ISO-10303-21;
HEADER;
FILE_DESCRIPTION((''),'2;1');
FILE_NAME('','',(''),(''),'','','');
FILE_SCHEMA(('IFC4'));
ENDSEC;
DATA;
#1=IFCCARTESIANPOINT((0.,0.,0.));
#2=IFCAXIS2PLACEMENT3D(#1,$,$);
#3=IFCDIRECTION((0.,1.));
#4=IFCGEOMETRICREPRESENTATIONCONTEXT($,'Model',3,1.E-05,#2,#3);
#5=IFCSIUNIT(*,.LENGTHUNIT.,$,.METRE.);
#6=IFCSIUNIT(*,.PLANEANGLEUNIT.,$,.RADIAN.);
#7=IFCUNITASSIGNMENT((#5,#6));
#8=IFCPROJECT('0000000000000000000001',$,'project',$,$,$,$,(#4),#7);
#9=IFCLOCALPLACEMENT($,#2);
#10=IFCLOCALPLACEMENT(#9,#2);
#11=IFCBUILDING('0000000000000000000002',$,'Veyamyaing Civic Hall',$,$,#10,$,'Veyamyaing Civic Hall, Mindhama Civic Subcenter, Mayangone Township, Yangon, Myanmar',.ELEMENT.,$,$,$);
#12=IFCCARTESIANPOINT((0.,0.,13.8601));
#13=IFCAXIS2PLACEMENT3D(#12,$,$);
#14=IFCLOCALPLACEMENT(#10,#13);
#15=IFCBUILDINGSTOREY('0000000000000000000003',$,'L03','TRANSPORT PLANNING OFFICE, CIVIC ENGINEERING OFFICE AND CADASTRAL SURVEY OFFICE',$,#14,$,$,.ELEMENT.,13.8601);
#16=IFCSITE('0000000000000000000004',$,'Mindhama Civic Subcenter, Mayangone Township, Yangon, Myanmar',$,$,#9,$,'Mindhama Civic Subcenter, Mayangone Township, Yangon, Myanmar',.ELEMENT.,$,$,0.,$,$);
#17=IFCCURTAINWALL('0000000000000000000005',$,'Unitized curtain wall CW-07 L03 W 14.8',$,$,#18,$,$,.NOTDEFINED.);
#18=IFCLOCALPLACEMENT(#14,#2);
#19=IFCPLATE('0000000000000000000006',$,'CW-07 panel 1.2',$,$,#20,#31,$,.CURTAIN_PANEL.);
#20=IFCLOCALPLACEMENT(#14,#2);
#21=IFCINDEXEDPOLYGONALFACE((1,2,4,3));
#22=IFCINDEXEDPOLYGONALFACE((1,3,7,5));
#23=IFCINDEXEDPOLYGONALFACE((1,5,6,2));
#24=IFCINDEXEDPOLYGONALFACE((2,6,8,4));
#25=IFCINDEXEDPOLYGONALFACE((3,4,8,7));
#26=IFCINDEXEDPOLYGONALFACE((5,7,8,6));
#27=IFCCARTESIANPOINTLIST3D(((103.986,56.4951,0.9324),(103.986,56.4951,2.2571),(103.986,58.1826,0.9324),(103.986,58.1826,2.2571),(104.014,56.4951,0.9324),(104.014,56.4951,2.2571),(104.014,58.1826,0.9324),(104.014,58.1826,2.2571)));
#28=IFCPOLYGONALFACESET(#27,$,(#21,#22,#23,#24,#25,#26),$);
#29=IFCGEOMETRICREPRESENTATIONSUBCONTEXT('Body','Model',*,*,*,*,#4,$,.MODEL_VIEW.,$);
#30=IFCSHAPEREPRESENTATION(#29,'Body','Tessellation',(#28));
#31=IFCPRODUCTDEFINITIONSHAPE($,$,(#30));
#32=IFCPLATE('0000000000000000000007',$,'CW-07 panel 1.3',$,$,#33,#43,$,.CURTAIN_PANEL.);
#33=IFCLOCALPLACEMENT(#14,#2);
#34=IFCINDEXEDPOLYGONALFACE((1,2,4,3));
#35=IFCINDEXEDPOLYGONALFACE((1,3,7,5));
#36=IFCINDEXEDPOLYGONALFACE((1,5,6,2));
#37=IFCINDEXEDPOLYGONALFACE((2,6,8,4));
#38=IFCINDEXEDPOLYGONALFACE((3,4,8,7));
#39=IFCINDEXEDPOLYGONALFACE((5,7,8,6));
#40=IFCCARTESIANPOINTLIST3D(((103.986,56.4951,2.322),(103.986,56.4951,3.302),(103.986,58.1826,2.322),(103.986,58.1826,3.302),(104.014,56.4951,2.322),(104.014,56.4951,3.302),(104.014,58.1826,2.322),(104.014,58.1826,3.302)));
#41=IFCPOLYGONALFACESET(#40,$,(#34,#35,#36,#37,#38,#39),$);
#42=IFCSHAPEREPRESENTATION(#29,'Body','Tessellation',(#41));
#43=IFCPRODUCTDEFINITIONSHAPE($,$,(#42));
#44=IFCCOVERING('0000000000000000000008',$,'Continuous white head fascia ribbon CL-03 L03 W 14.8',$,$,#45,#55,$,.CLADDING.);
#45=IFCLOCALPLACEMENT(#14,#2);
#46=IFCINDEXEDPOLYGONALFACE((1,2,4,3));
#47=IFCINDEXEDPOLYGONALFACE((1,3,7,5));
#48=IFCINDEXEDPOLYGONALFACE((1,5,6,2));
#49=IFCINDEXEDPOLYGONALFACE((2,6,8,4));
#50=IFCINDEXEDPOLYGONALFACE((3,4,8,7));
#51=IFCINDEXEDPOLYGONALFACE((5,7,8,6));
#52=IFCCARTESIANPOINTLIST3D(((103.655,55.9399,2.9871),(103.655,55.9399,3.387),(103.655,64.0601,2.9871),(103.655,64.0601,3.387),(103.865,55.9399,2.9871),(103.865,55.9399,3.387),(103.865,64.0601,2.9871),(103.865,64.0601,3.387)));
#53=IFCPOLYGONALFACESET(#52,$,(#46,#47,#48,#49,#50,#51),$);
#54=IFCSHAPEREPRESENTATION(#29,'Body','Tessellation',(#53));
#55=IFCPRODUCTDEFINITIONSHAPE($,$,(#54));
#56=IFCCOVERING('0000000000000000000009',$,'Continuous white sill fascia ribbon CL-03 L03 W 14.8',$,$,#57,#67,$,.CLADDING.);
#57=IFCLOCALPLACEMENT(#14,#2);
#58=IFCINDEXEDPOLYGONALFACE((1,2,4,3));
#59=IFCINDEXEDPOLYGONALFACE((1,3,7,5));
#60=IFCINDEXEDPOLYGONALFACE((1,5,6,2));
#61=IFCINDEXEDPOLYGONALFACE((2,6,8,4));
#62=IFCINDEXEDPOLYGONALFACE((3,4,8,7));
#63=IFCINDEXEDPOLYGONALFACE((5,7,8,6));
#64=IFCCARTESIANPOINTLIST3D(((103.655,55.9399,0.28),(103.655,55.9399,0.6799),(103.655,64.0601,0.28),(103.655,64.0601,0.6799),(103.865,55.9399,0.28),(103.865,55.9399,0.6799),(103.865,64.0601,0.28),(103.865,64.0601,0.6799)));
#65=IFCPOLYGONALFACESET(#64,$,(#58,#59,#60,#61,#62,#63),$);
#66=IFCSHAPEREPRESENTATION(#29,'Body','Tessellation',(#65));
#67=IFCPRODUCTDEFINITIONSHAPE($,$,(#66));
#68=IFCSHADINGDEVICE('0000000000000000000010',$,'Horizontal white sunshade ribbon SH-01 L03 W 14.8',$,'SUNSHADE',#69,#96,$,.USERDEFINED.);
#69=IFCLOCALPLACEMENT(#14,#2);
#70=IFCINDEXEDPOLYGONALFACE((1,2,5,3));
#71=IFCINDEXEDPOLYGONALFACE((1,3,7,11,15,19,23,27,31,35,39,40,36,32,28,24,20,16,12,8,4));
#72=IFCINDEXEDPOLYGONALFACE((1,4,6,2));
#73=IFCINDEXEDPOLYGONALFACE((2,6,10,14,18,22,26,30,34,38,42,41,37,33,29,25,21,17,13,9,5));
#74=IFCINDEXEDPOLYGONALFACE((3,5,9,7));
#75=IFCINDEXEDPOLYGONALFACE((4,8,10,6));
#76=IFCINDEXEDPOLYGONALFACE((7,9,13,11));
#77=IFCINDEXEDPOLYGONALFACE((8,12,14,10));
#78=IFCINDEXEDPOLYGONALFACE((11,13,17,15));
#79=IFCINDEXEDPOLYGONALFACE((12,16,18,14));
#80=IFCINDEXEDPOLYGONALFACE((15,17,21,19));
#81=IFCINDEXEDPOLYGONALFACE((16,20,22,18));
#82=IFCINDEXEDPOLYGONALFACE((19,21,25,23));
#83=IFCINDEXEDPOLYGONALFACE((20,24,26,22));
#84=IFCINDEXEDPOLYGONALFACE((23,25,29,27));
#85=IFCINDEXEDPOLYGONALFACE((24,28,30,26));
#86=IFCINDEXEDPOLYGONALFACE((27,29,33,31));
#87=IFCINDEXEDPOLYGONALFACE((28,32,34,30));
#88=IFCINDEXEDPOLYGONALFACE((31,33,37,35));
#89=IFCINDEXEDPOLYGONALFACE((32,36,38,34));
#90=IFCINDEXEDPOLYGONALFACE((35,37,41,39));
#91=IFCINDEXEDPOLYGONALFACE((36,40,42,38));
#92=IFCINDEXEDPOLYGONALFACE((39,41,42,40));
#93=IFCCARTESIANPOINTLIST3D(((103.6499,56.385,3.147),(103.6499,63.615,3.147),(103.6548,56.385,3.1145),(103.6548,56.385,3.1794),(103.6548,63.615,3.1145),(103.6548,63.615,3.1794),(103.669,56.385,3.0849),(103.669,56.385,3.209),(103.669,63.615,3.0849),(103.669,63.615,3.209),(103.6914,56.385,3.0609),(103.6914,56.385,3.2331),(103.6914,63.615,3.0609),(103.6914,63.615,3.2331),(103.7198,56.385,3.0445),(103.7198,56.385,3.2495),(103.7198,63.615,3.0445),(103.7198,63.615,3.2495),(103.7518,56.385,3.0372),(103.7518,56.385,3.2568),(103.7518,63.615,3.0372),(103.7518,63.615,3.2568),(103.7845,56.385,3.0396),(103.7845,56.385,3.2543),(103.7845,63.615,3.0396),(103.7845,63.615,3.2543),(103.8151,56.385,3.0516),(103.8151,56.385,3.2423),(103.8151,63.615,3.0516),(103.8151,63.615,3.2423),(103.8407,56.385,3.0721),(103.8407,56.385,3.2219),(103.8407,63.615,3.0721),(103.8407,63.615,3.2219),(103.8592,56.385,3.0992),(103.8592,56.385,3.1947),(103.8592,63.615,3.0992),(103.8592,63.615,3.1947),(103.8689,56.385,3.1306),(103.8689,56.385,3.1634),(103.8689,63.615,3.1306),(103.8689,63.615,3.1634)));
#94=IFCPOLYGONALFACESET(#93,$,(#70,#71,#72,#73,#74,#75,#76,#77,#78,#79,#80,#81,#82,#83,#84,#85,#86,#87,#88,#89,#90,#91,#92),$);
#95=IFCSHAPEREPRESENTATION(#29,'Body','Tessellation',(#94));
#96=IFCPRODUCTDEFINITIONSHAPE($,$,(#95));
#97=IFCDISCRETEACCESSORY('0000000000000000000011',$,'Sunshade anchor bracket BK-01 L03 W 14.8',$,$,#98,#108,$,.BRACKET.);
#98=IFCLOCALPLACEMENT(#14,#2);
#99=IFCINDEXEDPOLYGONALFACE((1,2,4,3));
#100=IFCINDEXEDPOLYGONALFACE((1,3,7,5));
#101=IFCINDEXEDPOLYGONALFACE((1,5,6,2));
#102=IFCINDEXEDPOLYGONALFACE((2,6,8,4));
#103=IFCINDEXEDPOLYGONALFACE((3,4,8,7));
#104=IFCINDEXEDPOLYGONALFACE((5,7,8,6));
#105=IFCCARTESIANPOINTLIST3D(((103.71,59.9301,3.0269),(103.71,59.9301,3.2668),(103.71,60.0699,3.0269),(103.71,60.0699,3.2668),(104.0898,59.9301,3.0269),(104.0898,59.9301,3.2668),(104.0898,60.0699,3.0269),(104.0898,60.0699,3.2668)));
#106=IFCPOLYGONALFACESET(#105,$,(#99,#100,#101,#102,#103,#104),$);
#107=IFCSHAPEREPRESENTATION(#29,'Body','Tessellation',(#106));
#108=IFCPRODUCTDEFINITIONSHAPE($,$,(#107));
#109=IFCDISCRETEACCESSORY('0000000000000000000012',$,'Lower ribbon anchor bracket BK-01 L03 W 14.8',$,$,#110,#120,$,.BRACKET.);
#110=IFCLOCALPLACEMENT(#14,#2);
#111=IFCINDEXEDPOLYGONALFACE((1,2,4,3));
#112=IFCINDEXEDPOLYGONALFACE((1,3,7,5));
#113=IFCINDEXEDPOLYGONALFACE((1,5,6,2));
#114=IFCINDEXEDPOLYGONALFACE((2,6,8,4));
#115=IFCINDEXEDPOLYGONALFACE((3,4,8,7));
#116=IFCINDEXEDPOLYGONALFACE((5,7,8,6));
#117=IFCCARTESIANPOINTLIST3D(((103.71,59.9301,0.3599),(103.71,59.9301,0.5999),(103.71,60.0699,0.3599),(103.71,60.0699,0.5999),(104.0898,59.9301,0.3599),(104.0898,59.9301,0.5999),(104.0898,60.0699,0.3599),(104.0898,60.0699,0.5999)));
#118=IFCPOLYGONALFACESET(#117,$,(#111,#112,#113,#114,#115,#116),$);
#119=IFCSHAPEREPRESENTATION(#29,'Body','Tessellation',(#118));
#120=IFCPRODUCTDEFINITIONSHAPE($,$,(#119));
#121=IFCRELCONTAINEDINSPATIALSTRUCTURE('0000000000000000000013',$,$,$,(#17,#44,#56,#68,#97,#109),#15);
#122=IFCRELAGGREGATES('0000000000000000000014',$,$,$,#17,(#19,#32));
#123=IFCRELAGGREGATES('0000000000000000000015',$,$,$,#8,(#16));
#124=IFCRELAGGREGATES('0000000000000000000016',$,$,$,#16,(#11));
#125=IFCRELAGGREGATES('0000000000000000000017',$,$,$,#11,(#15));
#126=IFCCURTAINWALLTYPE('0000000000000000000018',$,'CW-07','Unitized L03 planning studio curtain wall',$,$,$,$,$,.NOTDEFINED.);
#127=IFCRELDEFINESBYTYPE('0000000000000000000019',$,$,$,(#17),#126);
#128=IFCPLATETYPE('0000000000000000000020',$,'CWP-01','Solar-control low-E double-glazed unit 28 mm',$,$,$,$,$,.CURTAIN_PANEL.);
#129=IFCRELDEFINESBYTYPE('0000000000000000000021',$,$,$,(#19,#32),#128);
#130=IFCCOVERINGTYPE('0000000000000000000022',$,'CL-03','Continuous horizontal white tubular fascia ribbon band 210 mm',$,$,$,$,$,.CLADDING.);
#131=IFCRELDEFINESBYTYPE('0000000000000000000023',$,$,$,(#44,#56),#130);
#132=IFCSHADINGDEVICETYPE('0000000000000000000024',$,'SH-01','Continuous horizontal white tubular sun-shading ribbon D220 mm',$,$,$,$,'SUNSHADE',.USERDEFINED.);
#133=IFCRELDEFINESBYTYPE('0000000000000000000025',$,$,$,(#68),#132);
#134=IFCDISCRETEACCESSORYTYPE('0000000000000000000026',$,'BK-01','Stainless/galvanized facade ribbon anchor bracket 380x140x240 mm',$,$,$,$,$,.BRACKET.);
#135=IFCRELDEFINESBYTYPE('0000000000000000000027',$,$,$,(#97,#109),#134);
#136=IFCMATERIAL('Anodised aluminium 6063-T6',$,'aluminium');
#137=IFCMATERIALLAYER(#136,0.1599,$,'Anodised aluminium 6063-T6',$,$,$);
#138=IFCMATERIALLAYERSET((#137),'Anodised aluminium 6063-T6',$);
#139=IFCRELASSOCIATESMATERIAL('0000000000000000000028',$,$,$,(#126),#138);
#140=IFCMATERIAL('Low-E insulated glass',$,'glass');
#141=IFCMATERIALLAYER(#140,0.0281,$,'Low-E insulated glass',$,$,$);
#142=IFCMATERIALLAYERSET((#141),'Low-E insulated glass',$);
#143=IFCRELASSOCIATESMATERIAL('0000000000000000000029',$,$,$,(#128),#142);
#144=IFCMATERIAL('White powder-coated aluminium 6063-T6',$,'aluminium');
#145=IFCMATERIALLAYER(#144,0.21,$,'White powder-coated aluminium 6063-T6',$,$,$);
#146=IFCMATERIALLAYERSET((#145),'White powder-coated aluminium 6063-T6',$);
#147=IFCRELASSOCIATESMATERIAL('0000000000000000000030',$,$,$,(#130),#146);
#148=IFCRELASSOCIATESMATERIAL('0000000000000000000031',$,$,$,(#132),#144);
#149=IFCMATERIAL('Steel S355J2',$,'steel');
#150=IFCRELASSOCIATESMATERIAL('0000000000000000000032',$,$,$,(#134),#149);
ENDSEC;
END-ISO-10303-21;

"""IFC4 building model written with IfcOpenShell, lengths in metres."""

from ifc_helpers import new_model, si_unit, direction, frame, origin, origin_2d, place, context, subcontext, project, spatial, rectangle, circle, extrude, material, layer, layer_set, material_profile, profile_set, type_object, element, aggregate, save


model = new_model("IFC4")

# Units and contexts
model_context = context("Model", 3, precision=1e-05, world=origin(), true_north=direction((0.0, 1.0)))
body_context = subcontext(model_context, "Body", "Model", "MODEL_VIEW")
ifc_project = project(units=[si_unit("LENGTHUNIT", "METRE"), si_unit("PLANEANGLEUNIT", "RADIAN")], contexts=[model_context])

# Site, building, storey
site_placement = place(None, origin())
site = spatial("IfcSite", under=ifc_project, at=site_placement, Name="Mindhama Civic Subcenter, Mayangone Township, Yangon, Myanmar", LongName="Mindhama Civic Subcenter, Mayangone Township, Yangon, Myanmar", CompositionType="ELEMENT", RefElevation=0.0)
building_placement = place(site_placement, origin())
building = spatial("IfcBuilding", under=site, at=building_placement, Name="Veyamyaing Civic Hall", LongName="Veyamyaing Civic Hall, Mindhama Civic Subcenter, Mayangone Township, Yangon, Myanmar", CompositionType="ELEMENT")
storey_placement = place(building_placement, frame((0.0, 0.0, 13.8601)))
storey = spatial("IfcBuildingStorey", under=building, at=storey_placement, Name="L03", Description="TRANSPORT PLANNING OFFICE, CIVIC ENGINEERING OFFICE AND CADASTRAL SURVEY OFFICE", CompositionType="ELEMENT", Elevation=13.8601)

# Curtain wall, plates
ifc_material_1 = material(Name="Anodised aluminium 6063-T6", Category="aluminium")
ifc_layer_1 = layer(ifc_material_1, 0.1599, Name="Anodised aluminium 6063-T6")
ifc_layer_set_1 = layer_set([ifc_layer_1], Name="Anodised aluminium 6063-T6")
curtain_wall_type = type_object("IfcCurtainWallType", Name="CW-07", Description="Unitized L03 planning studio curtain wall", PredefinedType="NOTDEFINED", material=ifc_layer_set_1)
curtain_wall_placement = place(storey_placement, origin())
curtain_wall = element("IfcCurtainWall", 1, at=curtain_wall_placement, inside=storey, type_object=curtain_wall_type, Name="Unitized curtain wall CW-07 L03 W 14.8", PredefinedType="NOTDEFINED")
ifc_material_2 = material(Name="Low-E insulated glass", Category="glass")
ifc_layer_2 = layer(ifc_material_2, 0.0281, Name="Low-E insulated glass")
ifc_layer_set_2 = layer_set([ifc_layer_2], Name="Low-E insulated glass")
plate_type = type_object("IfcPlateType", Name="CWP-01", Description="Solar-control low-E double-glazed unit 28 mm", PredefinedType="CURTAIN_PANEL", material=ifc_layer_set_2)
plate_1_placement = place(storey_placement, frame((104.0, 57.3389, 0.9324), z_axis=(0.0, 0.0, 1.0), x_axis=(0.0, 1.0, 0.0)))
plate_1 = element("IfcPlate", 2, at=plate_1_placement, type_object=plate_type, Name="CW-07 panel 1.2", PredefinedType="CURTAIN_PANEL", context=body_context, shape_type="SweptSolid", body=[
    extrude(rectangle(XDim=1.6875, YDim=0.0281, at=origin_2d()), origin(), (0.0, 0.0, 1.0), 1.3247),
])
plate_2_placement = place(storey_placement, frame((104.0, 57.3389, 2.322), z_axis=(0.0, 0.0, 1.0), x_axis=(0.0, 1.0, 0.0)))
plate_2 = element("IfcPlate", 3, at=plate_2_placement, type_object=plate_type, Name="CW-07 panel 1.3", PredefinedType="CURTAIN_PANEL", context=body_context, shape_type="SweptSolid", body=[
    extrude(rectangle(XDim=1.6875, YDim=0.0281, at=origin_2d()), origin(), (0.0, 0.0, 1.0), 0.98),
])
aggregate(curtain_wall, [plate_1, plate_2])

# Coverings
ifc_material_3 = material(Name="White powder-coated aluminium 6063-T6", Category="aluminium")
ifc_layer_3 = layer(ifc_material_3, 0.21, Name="White powder-coated aluminium 6063-T6")
ifc_layer_set_3 = layer_set([ifc_layer_3], Name="White powder-coated aluminium 6063-T6")
covering_type = type_object("IfcCoveringType", Name="CL-03", Description="Continuous horizontal white tubular fascia ribbon band 210 mm", PredefinedType="CLADDING", material=ifc_layer_set_3)
for number, where, z_axis, x_axis, name in (
    (4, (103.76, 60.0, 2.9871), (0.0, 0.0, 1.0), (0.0, 1.0, 0.0), "Continuous white head fascia ribbon CL-03 L03 W 14.8"),
    (5, (103.76, 60.0, 0.28), (0.0, 0.0, 1.0), (0.0, 1.0, 0.0), "Continuous white sill fascia ribbon CL-03 L03 W 14.8"),
):
    element("IfcCovering", number, at=place(storey_placement, frame(where, z_axis=z_axis, x_axis=x_axis)), inside=storey, type_object=covering_type, Name=name, PredefinedType="CLADDING", context=body_context, shape_type="SweptSolid", body=[
        extrude(rectangle(XDim=8.1201, YDim=0.21, at=origin_2d()), origin(), (0.0, 0.0, 1.0), 0.3999),
    ])

# Shading device
ifc_material_profile_1 = material_profile(ifc_material_3, circle(Radius=0.1101, at=origin_2d()), Name="SHADE-TUBE-220")
ifc_profile_set_1 = profile_set([ifc_material_profile_1], Name="White powder-coated aluminium 6063-T6")
shading_device_type = type_object("IfcShadingDeviceType", Name="SH-01", Description="Continuous horizontal white tubular sun-shading ribbon D220 mm", ElementType="SUNSHADE", PredefinedType="USERDEFINED", material=ifc_profile_set_1)
shading_device_placement = place(storey_placement, frame((103.76, 56.385, 3.147), z_axis=(0.0, 1.0, 0.0), x_axis=(-1.0, 0.0, 0.0)))
element("IfcShadingDevice", 6, at=shading_device_placement, inside=storey, type_object=shading_device_type, Name="Horizontal white sunshade ribbon SH-01 L03 W 14.8", ObjectType="SUNSHADE", PredefinedType="USERDEFINED", context=body_context, shape_type="SweptSolid", body=[
    extrude(circle(Radius=0.1101, at=origin_2d()), origin(), (0.0, 0.0, 1.0), 7.23),
])

# Discrete accessories
ifc_material_4 = material(Name="Steel S355J2", Category="steel")
discrete_accessory_type = type_object("IfcDiscreteAccessoryType", Name="BK-01", Description="Stainless/galvanized facade ribbon anchor bracket 380x140x240 mm", PredefinedType="BRACKET", material=ifc_material_4)
for number, where, z_axis, x_axis, name in (
    (7, (103.8999, 60.0, 3.0269), (0.0, 0.0, 1.0), (-1.0, 0.0, 0.0), "Sunshade anchor bracket BK-01 L03 W 14.8"),
    (8, (103.8999, 60.0, 0.3599), (0.0, 0.0, 1.0), (-1.0, 0.0, 0.0), "Lower ribbon anchor bracket BK-01 L03 W 14.8"),
):
    element("IfcDiscreteAccessory", number, at=place(storey_placement, frame(where, z_axis=z_axis, x_axis=x_axis)), inside=storey, type_object=discrete_accessory_type, Name=name, PredefinedType="BRACKET", context=body_context, shape_type="SweptSolid", body=[
        extrude(rectangle(XDim=0.3799, YDim=0.1399, at=origin_2d()), origin(), (0.0, 0.0, 1.0), 0.24),
    ])

save(model, "model.ifc")
